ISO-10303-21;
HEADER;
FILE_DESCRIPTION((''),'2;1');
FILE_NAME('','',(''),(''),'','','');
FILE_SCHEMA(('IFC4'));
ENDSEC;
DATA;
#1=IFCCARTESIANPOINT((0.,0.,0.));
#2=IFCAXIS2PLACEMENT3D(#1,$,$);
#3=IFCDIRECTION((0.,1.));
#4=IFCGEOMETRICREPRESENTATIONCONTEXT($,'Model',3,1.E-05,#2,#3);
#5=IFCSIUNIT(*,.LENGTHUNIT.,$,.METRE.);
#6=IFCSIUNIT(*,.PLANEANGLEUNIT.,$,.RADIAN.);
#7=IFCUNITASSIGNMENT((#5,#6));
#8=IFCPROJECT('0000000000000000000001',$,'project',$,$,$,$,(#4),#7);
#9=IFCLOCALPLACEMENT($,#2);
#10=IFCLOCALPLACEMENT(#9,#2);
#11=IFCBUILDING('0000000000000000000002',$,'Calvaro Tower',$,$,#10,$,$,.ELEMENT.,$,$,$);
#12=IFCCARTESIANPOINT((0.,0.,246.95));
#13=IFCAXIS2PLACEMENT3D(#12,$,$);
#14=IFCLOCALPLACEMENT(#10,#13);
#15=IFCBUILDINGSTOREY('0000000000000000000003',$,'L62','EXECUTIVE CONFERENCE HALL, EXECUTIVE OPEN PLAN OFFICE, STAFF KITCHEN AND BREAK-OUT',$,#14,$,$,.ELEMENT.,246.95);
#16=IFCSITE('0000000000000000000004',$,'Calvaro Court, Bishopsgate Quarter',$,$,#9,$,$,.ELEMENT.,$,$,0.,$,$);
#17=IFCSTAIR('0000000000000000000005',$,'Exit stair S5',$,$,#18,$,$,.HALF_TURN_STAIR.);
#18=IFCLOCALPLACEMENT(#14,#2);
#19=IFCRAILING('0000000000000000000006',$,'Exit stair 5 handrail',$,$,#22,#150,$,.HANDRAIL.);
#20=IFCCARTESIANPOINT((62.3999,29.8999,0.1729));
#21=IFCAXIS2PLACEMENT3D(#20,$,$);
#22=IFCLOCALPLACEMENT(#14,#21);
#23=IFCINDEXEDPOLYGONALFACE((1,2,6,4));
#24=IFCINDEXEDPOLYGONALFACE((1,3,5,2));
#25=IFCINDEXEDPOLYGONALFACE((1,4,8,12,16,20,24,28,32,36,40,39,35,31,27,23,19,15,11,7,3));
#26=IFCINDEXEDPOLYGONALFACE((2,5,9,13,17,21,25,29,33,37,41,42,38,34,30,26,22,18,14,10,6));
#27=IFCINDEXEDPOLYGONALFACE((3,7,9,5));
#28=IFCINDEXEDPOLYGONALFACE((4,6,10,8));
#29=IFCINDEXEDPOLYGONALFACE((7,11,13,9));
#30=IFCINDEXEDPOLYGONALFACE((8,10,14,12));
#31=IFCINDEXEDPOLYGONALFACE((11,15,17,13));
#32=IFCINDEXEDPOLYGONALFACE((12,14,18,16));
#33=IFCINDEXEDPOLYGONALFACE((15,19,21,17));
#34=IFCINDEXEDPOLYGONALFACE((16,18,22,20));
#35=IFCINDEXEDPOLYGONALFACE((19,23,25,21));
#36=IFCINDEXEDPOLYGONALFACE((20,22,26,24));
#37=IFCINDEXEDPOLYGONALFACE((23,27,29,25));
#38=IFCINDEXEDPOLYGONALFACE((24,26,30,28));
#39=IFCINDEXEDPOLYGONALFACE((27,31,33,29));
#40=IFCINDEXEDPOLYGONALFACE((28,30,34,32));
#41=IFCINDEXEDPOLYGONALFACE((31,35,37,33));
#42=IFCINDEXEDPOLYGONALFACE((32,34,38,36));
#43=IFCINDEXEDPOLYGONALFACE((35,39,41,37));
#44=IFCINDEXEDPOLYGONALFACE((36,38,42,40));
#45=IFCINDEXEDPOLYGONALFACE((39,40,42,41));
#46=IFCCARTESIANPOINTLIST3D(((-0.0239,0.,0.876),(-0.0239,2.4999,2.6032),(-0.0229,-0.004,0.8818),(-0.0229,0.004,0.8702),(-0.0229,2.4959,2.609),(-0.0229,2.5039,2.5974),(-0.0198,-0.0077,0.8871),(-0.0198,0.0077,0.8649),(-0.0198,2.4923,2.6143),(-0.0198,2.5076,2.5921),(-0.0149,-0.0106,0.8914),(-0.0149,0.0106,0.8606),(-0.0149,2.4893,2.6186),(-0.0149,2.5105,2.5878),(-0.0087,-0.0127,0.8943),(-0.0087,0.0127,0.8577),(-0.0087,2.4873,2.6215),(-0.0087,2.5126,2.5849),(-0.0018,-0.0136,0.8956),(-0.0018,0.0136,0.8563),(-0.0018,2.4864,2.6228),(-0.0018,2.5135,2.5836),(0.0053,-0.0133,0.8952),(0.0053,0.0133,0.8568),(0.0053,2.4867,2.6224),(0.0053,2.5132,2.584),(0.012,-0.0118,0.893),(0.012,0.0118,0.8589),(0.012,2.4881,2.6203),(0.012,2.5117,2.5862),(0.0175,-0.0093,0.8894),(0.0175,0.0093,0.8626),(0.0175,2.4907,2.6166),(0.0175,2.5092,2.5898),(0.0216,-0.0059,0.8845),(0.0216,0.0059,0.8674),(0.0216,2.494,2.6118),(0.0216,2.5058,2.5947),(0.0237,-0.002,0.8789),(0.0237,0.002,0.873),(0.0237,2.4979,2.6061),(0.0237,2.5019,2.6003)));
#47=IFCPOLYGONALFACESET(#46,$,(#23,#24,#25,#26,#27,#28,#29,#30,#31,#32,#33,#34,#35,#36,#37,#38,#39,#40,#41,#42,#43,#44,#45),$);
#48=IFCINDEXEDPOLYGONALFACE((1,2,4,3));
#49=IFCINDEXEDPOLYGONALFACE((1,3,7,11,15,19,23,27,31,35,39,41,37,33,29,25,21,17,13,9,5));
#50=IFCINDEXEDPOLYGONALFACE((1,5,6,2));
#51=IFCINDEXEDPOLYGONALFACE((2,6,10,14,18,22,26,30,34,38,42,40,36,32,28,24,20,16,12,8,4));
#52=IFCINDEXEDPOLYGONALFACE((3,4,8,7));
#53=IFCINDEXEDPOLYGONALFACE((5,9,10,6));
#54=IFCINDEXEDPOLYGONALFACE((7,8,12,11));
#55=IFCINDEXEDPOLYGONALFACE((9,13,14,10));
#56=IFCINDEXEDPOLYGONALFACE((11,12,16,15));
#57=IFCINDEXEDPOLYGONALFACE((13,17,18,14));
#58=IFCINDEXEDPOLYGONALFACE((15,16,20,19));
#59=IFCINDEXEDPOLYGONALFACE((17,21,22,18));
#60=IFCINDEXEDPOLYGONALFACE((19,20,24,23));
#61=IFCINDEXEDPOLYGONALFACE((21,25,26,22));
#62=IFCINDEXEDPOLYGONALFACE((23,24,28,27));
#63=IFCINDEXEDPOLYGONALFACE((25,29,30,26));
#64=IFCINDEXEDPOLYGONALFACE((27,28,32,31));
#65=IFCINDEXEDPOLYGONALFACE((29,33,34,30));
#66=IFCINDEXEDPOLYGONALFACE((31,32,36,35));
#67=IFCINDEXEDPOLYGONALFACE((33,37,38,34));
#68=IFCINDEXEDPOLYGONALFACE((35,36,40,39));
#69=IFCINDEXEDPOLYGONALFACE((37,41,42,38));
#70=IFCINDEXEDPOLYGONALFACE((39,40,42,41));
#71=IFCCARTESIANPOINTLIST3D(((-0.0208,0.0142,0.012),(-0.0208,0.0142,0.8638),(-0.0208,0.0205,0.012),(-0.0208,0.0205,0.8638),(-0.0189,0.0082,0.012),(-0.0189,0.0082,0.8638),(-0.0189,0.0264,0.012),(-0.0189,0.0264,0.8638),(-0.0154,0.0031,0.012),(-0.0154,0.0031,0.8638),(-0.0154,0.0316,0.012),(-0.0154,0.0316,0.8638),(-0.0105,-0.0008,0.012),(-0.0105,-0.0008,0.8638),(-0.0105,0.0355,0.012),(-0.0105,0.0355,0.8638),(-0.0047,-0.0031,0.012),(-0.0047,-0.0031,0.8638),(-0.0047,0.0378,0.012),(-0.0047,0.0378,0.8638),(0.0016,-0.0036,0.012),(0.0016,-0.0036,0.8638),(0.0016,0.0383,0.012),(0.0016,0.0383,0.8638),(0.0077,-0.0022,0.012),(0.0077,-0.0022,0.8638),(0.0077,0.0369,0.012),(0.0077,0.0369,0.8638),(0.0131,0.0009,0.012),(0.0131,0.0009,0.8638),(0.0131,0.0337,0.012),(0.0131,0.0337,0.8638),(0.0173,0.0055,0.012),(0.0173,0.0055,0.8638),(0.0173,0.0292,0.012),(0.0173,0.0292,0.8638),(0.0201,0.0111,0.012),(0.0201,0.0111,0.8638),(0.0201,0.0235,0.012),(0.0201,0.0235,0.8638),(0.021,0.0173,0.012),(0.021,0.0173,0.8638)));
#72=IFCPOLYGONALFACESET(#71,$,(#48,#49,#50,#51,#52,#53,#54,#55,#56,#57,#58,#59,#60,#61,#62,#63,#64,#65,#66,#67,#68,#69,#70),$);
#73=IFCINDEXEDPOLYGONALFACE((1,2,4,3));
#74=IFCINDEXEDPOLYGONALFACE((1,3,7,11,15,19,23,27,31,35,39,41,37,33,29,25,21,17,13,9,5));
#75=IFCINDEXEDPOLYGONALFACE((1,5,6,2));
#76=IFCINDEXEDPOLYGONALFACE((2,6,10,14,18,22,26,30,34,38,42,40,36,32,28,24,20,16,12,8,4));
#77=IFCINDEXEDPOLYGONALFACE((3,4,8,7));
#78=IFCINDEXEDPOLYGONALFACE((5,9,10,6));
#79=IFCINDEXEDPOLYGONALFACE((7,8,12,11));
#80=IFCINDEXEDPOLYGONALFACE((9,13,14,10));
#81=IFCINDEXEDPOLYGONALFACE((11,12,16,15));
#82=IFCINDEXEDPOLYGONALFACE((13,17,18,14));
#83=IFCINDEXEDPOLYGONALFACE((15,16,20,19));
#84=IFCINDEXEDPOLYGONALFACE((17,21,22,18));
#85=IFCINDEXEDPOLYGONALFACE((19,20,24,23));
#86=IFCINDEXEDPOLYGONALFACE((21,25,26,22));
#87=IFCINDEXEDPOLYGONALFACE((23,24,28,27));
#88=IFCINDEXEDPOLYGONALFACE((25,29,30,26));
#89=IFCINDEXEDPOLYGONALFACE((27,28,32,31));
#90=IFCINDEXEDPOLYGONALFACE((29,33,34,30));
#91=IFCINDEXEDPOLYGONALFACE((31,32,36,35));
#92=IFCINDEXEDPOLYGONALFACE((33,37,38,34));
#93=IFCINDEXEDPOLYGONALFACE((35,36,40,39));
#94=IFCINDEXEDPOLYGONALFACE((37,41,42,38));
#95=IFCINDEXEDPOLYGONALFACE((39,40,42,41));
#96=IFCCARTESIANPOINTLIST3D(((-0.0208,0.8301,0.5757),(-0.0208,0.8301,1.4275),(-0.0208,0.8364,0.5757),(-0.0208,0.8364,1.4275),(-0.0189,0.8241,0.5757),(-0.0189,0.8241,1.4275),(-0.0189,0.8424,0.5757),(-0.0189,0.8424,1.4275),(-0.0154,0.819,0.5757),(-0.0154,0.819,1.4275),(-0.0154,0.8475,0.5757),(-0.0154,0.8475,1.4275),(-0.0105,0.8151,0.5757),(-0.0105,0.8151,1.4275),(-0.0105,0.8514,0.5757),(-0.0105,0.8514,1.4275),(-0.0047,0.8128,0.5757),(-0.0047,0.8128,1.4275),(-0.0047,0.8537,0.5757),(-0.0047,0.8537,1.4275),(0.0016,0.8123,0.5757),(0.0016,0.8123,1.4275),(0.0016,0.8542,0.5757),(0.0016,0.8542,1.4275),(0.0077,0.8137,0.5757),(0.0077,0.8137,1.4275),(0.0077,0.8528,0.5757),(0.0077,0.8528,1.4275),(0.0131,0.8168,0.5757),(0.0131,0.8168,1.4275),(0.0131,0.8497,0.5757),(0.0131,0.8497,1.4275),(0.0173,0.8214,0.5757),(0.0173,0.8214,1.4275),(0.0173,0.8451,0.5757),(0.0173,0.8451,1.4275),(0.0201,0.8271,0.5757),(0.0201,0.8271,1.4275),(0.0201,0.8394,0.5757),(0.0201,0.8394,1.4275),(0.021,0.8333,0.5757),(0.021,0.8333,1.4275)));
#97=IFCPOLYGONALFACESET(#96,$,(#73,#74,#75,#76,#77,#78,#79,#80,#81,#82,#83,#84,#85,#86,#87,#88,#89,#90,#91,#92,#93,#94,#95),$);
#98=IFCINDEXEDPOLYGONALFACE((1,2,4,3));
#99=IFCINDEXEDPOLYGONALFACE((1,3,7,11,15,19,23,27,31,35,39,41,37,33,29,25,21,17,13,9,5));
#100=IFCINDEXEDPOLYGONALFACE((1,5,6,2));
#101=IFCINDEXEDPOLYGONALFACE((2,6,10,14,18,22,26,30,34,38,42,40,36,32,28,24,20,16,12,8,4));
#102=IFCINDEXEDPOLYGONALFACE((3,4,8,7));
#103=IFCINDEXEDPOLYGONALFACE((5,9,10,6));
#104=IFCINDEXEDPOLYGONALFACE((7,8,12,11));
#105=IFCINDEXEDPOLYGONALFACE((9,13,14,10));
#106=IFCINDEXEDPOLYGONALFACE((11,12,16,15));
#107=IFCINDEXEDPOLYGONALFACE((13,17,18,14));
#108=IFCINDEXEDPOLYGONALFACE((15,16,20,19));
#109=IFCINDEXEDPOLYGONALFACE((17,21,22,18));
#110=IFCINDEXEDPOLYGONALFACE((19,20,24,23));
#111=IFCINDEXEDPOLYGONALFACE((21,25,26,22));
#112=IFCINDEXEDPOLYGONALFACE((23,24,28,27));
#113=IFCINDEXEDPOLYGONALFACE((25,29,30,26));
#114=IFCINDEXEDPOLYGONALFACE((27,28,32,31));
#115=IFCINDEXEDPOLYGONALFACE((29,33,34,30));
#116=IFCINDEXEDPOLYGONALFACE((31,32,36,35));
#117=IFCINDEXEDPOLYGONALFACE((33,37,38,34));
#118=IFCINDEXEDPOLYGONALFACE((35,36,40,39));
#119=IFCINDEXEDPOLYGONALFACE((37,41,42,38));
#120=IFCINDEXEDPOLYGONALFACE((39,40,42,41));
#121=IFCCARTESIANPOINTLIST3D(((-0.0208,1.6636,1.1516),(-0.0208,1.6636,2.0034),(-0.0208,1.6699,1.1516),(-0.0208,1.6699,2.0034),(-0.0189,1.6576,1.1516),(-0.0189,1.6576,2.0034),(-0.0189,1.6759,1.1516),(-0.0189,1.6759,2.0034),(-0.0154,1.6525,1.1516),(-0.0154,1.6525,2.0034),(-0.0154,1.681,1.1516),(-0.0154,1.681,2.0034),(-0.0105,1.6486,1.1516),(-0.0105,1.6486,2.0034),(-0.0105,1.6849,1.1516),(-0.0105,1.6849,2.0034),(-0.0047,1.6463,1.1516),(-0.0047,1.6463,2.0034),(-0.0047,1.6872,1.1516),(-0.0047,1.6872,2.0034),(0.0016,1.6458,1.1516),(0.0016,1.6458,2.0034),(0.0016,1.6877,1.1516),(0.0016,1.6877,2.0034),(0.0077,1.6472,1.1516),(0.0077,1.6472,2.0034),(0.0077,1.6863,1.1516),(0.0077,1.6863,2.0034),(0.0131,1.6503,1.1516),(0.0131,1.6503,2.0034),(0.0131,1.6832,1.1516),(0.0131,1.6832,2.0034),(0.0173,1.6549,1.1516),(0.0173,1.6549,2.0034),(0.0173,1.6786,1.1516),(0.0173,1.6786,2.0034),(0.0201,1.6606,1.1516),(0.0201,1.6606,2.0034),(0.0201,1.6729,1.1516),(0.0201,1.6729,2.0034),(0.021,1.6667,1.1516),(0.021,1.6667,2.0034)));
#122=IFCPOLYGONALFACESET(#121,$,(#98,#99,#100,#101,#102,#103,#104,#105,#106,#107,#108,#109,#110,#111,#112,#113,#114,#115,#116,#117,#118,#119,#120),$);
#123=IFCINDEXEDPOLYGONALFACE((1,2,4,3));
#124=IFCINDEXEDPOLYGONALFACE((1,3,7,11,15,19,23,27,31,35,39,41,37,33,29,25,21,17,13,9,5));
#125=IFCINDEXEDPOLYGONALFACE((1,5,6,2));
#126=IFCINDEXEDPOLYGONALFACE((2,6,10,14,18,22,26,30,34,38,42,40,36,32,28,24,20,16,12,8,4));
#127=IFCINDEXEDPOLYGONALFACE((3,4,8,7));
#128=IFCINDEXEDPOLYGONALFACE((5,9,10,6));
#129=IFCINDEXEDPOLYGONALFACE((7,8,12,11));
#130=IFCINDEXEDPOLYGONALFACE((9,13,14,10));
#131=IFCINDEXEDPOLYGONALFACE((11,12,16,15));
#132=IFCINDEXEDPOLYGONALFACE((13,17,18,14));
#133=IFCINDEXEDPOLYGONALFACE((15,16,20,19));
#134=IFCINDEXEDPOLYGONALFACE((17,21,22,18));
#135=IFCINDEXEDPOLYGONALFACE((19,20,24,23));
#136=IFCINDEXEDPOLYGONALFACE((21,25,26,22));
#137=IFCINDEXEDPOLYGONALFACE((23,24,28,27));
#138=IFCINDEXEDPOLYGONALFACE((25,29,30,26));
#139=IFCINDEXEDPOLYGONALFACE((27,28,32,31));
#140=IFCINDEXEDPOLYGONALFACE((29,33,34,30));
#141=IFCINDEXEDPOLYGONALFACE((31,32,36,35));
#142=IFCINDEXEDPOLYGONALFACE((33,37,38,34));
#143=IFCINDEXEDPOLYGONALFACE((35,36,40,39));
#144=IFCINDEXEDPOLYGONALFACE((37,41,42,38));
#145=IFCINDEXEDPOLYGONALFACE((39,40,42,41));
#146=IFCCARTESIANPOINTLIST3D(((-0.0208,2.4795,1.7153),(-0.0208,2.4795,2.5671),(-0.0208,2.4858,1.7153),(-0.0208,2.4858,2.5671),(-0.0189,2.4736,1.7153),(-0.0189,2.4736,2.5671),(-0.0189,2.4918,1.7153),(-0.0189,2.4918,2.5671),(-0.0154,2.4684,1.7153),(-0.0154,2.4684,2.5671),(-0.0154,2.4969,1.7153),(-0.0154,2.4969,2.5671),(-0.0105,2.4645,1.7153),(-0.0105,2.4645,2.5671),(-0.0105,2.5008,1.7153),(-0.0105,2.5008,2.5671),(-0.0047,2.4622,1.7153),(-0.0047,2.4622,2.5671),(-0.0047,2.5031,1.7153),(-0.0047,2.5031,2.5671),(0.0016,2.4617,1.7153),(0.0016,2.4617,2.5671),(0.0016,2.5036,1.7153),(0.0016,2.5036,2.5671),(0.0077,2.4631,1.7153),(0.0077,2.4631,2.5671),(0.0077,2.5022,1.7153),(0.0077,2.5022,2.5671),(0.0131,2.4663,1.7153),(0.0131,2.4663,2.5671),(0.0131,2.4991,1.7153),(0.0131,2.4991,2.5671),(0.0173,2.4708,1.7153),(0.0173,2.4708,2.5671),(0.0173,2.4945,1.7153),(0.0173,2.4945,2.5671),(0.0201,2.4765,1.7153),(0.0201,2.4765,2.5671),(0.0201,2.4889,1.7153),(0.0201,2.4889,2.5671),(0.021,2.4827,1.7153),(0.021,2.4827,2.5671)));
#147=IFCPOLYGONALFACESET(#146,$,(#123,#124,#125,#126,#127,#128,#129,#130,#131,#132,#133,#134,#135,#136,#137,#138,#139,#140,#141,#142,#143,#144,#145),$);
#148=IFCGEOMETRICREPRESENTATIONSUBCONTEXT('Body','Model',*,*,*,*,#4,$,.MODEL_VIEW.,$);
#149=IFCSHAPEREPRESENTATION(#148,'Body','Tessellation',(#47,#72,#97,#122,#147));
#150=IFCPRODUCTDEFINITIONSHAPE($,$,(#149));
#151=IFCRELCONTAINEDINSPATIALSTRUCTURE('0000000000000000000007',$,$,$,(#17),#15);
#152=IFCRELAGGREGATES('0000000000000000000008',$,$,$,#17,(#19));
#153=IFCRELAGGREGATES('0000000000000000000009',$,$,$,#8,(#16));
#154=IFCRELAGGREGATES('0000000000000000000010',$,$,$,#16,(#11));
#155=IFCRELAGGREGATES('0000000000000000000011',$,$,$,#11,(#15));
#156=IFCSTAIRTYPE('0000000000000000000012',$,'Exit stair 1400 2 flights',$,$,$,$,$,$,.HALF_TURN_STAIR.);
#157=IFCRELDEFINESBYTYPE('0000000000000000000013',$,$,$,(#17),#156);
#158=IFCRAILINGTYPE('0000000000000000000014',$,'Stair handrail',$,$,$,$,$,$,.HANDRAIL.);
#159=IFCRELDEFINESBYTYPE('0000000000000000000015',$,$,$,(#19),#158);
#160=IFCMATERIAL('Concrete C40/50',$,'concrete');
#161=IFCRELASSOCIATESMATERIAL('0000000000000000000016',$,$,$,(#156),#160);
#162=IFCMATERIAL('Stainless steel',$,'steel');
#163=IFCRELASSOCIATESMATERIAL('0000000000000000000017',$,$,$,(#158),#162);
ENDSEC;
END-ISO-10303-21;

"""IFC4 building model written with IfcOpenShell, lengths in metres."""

from ifc_helpers import new_model, si_unit, direction, frame, origin, origin_2d, place, context, subcontext, project, spatial, circle, extrude, material, type_object, element, aggregate, save


model = new_model("IFC4")

# Units and contexts
model_context = context("Model", 3, precision=1e-05, world=origin(), true_north=direction((0.0, 1.0)))
body_context = subcontext(model_context, "Body", "Model", "MODEL_VIEW")
ifc_project = project(units=[si_unit("LENGTHUNIT", "METRE"), si_unit("PLANEANGLEUNIT", "RADIAN")], contexts=[model_context])

# Site, building, storey
site_placement = place(None, origin())
site = spatial("IfcSite", under=ifc_project, at=site_placement, Name="Calvaro Court, Bishopsgate Quarter", CompositionType="ELEMENT", RefElevation=0.0)
building_placement = place(site_placement, origin())
building = spatial("IfcBuilding", under=site, at=building_placement, Name="Calvaro Tower", CompositionType="ELEMENT")
storey_placement = place(building_placement, frame((0.0, 0.0, 246.95)))
storey = spatial("IfcBuildingStorey", under=building, at=storey_placement, Name="L62", Description="EXECUTIVE CONFERENCE HALL, EXECUTIVE OPEN PLAN OFFICE, STAFF KITCHEN AND BREAK-OUT", CompositionType="ELEMENT", Elevation=246.95)

# Shared definitions
ifc_material_1 = material(Name="Concrete C40/50", Category="concrete")
stair_type = type_object("IfcStairType", Name="Exit stair 1400 2 flights", PredefinedType="HALF_TURN_STAIR", material=ifc_material_1)

# Stair
stair_1_placement = place(storey_placement, origin())
stair_1 = element("IfcStair", 1, at=stair_1_placement, inside=storey, type_object=stair_type, Name="Exit stair S5", PredefinedType="HALF_TURN_STAIR")

# Railing
ifc_material_2 = material(Name="Stainless steel", Category="steel")
railing_type = type_object("IfcRailingType", Name="Stair handrail", PredefinedType="HANDRAIL", material=ifc_material_2)
railing_1_placement = place(storey_placement, frame((62.3999, 29.8999, 0.1729)))
railing_1 = element("IfcRailing", 2, at=railing_1_placement, type_object=railing_type, Name="Exit stair 5 handrail", PredefinedType="HANDRAIL", context=body_context, shape_type="SweptSolid", body=[
    extrude(circle(Radius=0.0239, at=origin_2d()), frame((0.0, 0.0, 0.876), z_axis=(0.0, 0.822727, 0.568437), x_axis=(-1.0, 0.0, 0.0)), (0.0, 0.0, 1.0), 3.0386),
    extrude(circle(Radius=0.021, at=origin_2d()), frame((0.0, 0.0173, 0.012)), (0.0, 0.0, 1.0), 0.8518),
    extrude(circle(Radius=0.021, at=origin_2d()), frame((0.0, 0.8333, 0.5757)), (0.0, 0.0, 1.0), 0.8518),
    extrude(circle(Radius=0.021, at=origin_2d()), frame((0.0, 1.6667, 1.1516)), (0.0, 0.0, 1.0), 0.8518),
    extrude(circle(Radius=0.021, at=origin_2d()), frame((0.0, 2.4827, 1.7153)), (0.0, 0.0, 1.0), 0.8518),
])
aggregate(stair_1, [railing_1])

save(model, "model.ifc")
